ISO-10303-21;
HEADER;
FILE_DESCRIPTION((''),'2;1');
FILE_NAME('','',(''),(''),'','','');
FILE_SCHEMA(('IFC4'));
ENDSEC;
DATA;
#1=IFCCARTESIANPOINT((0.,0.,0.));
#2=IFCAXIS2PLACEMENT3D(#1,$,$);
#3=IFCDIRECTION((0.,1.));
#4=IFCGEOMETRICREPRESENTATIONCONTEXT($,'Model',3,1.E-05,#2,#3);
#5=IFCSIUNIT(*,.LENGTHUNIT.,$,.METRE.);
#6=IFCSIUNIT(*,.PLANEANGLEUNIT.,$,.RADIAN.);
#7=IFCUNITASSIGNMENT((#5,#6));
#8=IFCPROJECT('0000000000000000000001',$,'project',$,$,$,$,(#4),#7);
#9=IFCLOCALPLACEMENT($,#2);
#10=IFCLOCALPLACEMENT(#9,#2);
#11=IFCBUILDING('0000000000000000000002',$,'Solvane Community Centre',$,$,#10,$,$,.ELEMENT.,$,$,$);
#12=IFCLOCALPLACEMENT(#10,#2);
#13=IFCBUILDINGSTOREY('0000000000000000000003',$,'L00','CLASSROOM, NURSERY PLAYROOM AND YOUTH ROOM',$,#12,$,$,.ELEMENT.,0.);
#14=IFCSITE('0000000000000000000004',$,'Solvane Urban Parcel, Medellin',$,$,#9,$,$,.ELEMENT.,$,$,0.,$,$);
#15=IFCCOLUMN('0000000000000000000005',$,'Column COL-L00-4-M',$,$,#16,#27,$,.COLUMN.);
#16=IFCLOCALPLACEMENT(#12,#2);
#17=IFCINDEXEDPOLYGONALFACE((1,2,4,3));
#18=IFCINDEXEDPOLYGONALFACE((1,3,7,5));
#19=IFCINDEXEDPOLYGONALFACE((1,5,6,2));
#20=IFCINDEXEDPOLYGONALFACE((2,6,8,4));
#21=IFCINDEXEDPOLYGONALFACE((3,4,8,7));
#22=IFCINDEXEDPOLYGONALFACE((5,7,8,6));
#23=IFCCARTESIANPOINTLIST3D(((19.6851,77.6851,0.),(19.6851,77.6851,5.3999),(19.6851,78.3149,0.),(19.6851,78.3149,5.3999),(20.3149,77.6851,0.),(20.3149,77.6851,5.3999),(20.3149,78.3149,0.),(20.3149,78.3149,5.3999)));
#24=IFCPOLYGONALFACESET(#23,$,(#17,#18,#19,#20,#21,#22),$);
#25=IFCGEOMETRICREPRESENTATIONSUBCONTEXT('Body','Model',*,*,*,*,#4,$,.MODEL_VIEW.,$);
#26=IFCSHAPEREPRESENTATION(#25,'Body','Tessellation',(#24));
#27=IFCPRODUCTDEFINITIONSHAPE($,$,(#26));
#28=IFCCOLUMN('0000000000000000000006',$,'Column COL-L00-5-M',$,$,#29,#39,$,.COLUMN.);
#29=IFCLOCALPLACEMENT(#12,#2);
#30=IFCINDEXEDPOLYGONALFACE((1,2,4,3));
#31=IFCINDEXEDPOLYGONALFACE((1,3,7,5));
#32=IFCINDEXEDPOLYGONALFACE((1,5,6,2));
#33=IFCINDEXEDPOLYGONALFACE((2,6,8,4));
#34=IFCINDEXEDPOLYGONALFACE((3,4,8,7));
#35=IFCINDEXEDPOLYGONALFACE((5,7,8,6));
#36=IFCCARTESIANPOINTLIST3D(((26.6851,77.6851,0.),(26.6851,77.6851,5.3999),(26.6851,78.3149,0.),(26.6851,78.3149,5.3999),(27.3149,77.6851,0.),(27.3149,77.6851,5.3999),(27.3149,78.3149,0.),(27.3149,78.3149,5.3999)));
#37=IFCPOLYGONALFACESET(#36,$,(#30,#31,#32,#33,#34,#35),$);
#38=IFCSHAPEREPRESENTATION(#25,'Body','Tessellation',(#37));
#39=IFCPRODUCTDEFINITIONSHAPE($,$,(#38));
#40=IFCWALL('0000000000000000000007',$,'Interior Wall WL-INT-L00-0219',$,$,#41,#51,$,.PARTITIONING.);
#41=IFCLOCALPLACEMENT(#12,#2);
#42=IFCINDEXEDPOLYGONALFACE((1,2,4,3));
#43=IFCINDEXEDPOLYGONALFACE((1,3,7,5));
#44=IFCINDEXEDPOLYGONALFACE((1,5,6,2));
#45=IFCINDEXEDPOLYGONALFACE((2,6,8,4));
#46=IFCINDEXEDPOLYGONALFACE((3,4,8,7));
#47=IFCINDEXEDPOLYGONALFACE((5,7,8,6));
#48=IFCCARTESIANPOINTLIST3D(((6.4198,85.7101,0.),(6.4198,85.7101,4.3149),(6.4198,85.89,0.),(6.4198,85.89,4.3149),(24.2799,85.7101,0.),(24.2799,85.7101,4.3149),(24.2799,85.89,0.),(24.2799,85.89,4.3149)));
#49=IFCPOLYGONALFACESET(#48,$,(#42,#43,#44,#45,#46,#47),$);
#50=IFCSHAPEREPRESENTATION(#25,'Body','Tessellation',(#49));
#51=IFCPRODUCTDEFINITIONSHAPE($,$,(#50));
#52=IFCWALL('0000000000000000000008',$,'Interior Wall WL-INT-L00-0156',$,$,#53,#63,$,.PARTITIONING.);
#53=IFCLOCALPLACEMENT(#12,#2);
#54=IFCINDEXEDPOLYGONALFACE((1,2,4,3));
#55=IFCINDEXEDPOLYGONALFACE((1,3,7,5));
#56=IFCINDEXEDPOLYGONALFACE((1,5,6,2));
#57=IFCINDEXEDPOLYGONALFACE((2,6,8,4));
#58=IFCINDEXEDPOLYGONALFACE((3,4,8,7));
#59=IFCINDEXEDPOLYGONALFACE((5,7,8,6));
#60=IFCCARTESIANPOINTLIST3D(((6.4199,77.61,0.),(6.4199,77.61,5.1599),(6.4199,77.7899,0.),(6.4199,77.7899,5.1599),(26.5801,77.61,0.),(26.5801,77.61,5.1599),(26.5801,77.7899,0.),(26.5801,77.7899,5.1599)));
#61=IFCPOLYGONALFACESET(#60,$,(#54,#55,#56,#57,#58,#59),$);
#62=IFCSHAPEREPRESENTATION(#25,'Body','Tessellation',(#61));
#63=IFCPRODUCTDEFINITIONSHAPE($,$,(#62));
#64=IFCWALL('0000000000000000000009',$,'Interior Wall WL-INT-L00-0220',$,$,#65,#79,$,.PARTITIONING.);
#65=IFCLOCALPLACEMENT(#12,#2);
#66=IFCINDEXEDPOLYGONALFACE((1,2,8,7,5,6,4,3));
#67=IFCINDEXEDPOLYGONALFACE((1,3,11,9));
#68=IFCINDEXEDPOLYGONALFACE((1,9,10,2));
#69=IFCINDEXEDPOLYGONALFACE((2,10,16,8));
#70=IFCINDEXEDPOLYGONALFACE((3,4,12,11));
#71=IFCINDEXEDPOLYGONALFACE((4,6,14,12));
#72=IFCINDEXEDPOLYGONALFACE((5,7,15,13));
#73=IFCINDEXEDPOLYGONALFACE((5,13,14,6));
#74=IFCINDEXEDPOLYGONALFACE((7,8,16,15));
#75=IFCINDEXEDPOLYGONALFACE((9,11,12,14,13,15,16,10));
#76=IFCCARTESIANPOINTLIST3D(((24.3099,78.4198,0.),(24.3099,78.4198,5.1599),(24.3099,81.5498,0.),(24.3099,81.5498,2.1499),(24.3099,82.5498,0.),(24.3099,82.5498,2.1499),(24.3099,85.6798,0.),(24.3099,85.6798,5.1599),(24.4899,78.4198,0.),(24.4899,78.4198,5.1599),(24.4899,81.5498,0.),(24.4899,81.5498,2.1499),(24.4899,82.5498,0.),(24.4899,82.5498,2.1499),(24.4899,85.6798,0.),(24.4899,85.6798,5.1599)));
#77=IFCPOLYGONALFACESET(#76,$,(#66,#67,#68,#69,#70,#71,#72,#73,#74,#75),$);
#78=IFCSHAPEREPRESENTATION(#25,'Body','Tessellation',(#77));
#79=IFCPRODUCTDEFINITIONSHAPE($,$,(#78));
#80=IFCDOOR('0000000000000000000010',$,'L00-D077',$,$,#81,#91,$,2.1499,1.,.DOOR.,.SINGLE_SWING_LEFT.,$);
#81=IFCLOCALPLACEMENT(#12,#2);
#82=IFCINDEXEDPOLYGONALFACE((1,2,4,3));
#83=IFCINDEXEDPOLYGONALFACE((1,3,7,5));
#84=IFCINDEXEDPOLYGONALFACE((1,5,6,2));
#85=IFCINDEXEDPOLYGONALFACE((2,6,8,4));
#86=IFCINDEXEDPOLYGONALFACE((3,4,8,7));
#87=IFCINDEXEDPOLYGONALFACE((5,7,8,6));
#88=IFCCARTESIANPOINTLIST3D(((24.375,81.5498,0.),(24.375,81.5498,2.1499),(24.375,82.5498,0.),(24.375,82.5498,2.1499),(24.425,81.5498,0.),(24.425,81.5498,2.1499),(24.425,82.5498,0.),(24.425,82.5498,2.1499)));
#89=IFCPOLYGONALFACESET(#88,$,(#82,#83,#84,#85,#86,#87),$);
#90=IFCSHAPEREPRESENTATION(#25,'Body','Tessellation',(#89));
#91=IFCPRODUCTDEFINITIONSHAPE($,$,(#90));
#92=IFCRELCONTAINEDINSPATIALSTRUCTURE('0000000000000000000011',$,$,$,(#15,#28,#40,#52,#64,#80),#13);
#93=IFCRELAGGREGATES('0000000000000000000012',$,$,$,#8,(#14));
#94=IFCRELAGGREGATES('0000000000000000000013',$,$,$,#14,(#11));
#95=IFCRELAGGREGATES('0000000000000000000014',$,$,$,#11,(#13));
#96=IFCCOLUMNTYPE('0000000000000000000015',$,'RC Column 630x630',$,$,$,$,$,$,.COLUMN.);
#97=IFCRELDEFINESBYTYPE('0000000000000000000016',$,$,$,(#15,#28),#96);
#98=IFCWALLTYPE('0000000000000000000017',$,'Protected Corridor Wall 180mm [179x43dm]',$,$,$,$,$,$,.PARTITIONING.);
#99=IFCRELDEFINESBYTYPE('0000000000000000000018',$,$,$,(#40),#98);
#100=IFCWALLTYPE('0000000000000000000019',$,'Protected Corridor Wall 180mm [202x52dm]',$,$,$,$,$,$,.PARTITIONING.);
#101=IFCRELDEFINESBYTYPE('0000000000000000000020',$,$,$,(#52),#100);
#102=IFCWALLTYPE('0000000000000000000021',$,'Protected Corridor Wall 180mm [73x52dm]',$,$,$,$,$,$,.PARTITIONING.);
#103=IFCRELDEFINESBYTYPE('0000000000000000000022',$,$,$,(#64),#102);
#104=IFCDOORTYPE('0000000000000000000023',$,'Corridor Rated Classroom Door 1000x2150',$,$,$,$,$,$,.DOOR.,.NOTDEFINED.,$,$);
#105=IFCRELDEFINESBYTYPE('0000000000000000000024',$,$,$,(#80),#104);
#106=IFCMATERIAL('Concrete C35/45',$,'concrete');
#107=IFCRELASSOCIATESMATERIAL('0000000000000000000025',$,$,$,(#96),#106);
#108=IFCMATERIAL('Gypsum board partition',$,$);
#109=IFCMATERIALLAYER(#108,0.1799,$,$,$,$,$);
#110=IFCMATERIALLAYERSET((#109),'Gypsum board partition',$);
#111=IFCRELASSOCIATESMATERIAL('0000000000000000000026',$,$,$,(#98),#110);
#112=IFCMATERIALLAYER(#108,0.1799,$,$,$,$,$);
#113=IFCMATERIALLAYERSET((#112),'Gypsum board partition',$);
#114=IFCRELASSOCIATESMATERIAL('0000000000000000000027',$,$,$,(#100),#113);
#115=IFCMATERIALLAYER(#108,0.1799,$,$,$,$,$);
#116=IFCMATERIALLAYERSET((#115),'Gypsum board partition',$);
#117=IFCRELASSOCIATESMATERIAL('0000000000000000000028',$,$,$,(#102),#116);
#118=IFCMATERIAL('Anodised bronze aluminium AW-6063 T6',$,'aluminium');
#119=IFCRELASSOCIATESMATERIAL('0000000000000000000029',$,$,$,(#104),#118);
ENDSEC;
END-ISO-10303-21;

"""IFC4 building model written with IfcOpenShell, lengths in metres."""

from ifc_helpers import new_model, si_unit, direction, frame, frame_2d, origin, origin_2d, place, context, subcontext, project, spatial, rectangle, extrude, material, layer, layer_set, material_profile, profile_set, type_object, element, fill, save


model = new_model("IFC4")

# Units and contexts
model_context = context("Model", 3, precision=1e-05, world=origin(), true_north=direction((0.0, 1.0)))
body_context = subcontext(model_context, "Body", "Model", "MODEL_VIEW")
ifc_project = project(units=[si_unit("LENGTHUNIT", "METRE"), si_unit("PLANEANGLEUNIT", "RADIAN")], contexts=[model_context])

# Site, building, storey
site_placement = place(None, origin())
site = spatial("IfcSite", under=ifc_project, at=site_placement, Name="Solvane Urban Parcel, Medellin", CompositionType="ELEMENT", RefElevation=0.0)
building_placement = place(site_placement, origin())
building = spatial("IfcBuilding", under=site, at=building_placement, Name="Solvane Community Centre", CompositionType="ELEMENT")
storey_placement = place(building_placement, origin())
storey = spatial("IfcBuildingStorey", under=building, at=storey_placement, Name="L00", Description="CLASSROOM, NURSERY PLAYROOM AND YOUTH ROOM", CompositionType="ELEMENT", Elevation=0.0)

# Columns
ifc_material_1 = material(Name="Concrete C35/45", Category="concrete")
ifc_material_profile_1 = material_profile(ifc_material_1, rectangle(XDim=0.6299, YDim=0.6299, at=origin_2d()), Name="RC 630x630")
ifc_profile_set_1 = profile_set([ifc_material_profile_1], Name="Concrete C35/45")
column_type_1 = type_object("IfcColumnType", Name="RC Column 630x630", PredefinedType="COLUMN", material=ifc_profile_set_1)
for number, where, z_axis, x_axis, name in (
    (1, (20.0, 78.0, 0.0), (0.0, 0.0, 1.0), (1.0, 0.0, 0.0), "Column COL-L00-4-M"),
    (2, (27.0, 78.0, 0.0), (0.0, 0.0, 1.0), (1.0, 0.0, 0.0), "Column COL-L00-5-M"),
):
    element("IfcColumn", number, at=place(storey_placement, frame(where, z_axis=z_axis, x_axis=x_axis)), inside=storey, type_object=column_type_1, Name=name, PredefinedType="COLUMN", context=body_context, shape_type="SweptSolid", body=[
        extrude(rectangle(XDim=0.6299, YDim=0.6299, at=origin_2d()), origin(), (0.0, 0.0, 1.0), 5.3999),
    ])

# Shared definitions
ifc_material_2 = material(Name="Anodised bronze aluminium AW-6063 T6", Category="aluminium")

# Walls
ifc_material_3 = material(Name="Gypsum board partition")
ifc_layer_1 = layer(ifc_material_3, 0.1799)
ifc_layer_set_1 = layer_set([ifc_layer_1], Name="Gypsum board partition")
wall_type_1 = type_object("IfcWallType", Name="Protected Corridor Wall 180mm [179x43dm]", PredefinedType="PARTITIONING", material=ifc_layer_set_1)
wall_1_placement = place(storey_placement, frame((24.28, 85.8, 0.0), z_axis=(0.0, 0.0, 1.0), x_axis=(-1.0, 0.0, 0.0)))
element("IfcWall", 3, at=wall_1_placement, inside=storey, type_object=wall_type_1, Name="Interior Wall WL-INT-L00-0219", PredefinedType="PARTITIONING", context=body_context, shape_type="SweptSolid", body=[
    extrude(rectangle(XDim=17.8601, YDim=0.1799, at=frame_2d((8.9302, 0.0))), origin(), (0.0, 0.0, 1.0), 4.3149),
])
ifc_layer_2 = layer(ifc_material_3, 0.1799)
ifc_layer_set_2 = layer_set([ifc_layer_2], Name="Gypsum board partition")
wall_type_2 = type_object("IfcWallType", Name="Protected Corridor Wall 180mm [202x52dm]", PredefinedType="PARTITIONING", material=ifc_layer_set_2)
wall_2_placement = place(storey_placement, frame((26.5801, 77.7, 0.0), z_axis=(0.0, 0.0, 1.0), x_axis=(-1.0, 0.0, 0.0)))
element("IfcWall", 4, at=wall_2_placement, inside=storey, type_object=wall_type_2, Name="Interior Wall WL-INT-L00-0156", PredefinedType="PARTITIONING", context=body_context, shape_type="SweptSolid", body=[
    extrude(rectangle(XDim=20.1602, YDim=0.1799, at=frame_2d((10.0801, 0.0))), origin(), (0.0, 0.0, 1.0), 5.1599),
])

# Wall, opening, door
ifc_layer_3 = layer(ifc_material_3, 0.1799)
ifc_layer_set_3 = layer_set([ifc_layer_3], Name="Gypsum board partition")
wall_type_3 = type_object("IfcWallType", Name="Protected Corridor Wall 180mm [73x52dm]", PredefinedType="PARTITIONING", material=ifc_layer_set_3)
wall_3_placement = place(storey_placement, frame((24.3999, 78.4199, 0.0), z_axis=(0.0, 0.0, 1.0), x_axis=(0.0, 1.0, 0.0)))
wall_3 = element("IfcWall", 5, at=wall_3_placement, inside=storey, type_object=wall_type_3, Name="Interior Wall WL-INT-L00-0220", PredefinedType="PARTITIONING", context=body_context, shape_type="SweptSolid", body=[
    extrude(rectangle(XDim=7.26, YDim=0.1799, at=frame_2d((3.6299, 0.0))), origin(), (0.0, 0.0, 1.0), 5.1599),
])
opening_1_placement = place(wall_3_placement, frame((3.1299, 0.0, 0.0)))
opening_1 = element("IfcOpeningElement", 6, at=opening_1_placement, cuts=wall_3, PredefinedType="OPENING", context=body_context, shape_type="SweptSolid", body=[
    extrude(rectangle(XDim=1.0, YDim=2.1499, at=frame_2d((0.5, 1.075))), frame((0.0, 0.0999, 0.0), z_axis=(0.0, -1.0, 0.0), x_axis=(1.0, 0.0, 0.0)), (0.0, 0.0, 1.0), 0.2),
])
door_type_1 = type_object("IfcDoorType", Name="Corridor Rated Classroom Door 1000x2150", OperationType="NOTDEFINED", PredefinedType="DOOR", material=ifc_material_2)
door_1_placement = place(opening_1_placement, origin())
door_1 = element("IfcDoor", 7, at=door_1_placement, inside=storey, type_object=door_type_1, Name="L00-D077", OperationType="SINGLE_SWING_LEFT", OverallHeight=2.1499, OverallWidth=1.0, PredefinedType="DOOR", context=body_context, shape_type="SweptSolid", body=[
    extrude(rectangle(XDim=1.0, YDim=2.1499, at=frame_2d((0.5, 1.075))), frame((0.0, 0.0249, 0.0), z_axis=(0.0, -1.0, 0.0), x_axis=(1.0, 0.0, 0.0)), (0.0, 0.0, 1.0), 0.05),
])
fill(opening_1, door_1)

save(model, "model.ifc")
